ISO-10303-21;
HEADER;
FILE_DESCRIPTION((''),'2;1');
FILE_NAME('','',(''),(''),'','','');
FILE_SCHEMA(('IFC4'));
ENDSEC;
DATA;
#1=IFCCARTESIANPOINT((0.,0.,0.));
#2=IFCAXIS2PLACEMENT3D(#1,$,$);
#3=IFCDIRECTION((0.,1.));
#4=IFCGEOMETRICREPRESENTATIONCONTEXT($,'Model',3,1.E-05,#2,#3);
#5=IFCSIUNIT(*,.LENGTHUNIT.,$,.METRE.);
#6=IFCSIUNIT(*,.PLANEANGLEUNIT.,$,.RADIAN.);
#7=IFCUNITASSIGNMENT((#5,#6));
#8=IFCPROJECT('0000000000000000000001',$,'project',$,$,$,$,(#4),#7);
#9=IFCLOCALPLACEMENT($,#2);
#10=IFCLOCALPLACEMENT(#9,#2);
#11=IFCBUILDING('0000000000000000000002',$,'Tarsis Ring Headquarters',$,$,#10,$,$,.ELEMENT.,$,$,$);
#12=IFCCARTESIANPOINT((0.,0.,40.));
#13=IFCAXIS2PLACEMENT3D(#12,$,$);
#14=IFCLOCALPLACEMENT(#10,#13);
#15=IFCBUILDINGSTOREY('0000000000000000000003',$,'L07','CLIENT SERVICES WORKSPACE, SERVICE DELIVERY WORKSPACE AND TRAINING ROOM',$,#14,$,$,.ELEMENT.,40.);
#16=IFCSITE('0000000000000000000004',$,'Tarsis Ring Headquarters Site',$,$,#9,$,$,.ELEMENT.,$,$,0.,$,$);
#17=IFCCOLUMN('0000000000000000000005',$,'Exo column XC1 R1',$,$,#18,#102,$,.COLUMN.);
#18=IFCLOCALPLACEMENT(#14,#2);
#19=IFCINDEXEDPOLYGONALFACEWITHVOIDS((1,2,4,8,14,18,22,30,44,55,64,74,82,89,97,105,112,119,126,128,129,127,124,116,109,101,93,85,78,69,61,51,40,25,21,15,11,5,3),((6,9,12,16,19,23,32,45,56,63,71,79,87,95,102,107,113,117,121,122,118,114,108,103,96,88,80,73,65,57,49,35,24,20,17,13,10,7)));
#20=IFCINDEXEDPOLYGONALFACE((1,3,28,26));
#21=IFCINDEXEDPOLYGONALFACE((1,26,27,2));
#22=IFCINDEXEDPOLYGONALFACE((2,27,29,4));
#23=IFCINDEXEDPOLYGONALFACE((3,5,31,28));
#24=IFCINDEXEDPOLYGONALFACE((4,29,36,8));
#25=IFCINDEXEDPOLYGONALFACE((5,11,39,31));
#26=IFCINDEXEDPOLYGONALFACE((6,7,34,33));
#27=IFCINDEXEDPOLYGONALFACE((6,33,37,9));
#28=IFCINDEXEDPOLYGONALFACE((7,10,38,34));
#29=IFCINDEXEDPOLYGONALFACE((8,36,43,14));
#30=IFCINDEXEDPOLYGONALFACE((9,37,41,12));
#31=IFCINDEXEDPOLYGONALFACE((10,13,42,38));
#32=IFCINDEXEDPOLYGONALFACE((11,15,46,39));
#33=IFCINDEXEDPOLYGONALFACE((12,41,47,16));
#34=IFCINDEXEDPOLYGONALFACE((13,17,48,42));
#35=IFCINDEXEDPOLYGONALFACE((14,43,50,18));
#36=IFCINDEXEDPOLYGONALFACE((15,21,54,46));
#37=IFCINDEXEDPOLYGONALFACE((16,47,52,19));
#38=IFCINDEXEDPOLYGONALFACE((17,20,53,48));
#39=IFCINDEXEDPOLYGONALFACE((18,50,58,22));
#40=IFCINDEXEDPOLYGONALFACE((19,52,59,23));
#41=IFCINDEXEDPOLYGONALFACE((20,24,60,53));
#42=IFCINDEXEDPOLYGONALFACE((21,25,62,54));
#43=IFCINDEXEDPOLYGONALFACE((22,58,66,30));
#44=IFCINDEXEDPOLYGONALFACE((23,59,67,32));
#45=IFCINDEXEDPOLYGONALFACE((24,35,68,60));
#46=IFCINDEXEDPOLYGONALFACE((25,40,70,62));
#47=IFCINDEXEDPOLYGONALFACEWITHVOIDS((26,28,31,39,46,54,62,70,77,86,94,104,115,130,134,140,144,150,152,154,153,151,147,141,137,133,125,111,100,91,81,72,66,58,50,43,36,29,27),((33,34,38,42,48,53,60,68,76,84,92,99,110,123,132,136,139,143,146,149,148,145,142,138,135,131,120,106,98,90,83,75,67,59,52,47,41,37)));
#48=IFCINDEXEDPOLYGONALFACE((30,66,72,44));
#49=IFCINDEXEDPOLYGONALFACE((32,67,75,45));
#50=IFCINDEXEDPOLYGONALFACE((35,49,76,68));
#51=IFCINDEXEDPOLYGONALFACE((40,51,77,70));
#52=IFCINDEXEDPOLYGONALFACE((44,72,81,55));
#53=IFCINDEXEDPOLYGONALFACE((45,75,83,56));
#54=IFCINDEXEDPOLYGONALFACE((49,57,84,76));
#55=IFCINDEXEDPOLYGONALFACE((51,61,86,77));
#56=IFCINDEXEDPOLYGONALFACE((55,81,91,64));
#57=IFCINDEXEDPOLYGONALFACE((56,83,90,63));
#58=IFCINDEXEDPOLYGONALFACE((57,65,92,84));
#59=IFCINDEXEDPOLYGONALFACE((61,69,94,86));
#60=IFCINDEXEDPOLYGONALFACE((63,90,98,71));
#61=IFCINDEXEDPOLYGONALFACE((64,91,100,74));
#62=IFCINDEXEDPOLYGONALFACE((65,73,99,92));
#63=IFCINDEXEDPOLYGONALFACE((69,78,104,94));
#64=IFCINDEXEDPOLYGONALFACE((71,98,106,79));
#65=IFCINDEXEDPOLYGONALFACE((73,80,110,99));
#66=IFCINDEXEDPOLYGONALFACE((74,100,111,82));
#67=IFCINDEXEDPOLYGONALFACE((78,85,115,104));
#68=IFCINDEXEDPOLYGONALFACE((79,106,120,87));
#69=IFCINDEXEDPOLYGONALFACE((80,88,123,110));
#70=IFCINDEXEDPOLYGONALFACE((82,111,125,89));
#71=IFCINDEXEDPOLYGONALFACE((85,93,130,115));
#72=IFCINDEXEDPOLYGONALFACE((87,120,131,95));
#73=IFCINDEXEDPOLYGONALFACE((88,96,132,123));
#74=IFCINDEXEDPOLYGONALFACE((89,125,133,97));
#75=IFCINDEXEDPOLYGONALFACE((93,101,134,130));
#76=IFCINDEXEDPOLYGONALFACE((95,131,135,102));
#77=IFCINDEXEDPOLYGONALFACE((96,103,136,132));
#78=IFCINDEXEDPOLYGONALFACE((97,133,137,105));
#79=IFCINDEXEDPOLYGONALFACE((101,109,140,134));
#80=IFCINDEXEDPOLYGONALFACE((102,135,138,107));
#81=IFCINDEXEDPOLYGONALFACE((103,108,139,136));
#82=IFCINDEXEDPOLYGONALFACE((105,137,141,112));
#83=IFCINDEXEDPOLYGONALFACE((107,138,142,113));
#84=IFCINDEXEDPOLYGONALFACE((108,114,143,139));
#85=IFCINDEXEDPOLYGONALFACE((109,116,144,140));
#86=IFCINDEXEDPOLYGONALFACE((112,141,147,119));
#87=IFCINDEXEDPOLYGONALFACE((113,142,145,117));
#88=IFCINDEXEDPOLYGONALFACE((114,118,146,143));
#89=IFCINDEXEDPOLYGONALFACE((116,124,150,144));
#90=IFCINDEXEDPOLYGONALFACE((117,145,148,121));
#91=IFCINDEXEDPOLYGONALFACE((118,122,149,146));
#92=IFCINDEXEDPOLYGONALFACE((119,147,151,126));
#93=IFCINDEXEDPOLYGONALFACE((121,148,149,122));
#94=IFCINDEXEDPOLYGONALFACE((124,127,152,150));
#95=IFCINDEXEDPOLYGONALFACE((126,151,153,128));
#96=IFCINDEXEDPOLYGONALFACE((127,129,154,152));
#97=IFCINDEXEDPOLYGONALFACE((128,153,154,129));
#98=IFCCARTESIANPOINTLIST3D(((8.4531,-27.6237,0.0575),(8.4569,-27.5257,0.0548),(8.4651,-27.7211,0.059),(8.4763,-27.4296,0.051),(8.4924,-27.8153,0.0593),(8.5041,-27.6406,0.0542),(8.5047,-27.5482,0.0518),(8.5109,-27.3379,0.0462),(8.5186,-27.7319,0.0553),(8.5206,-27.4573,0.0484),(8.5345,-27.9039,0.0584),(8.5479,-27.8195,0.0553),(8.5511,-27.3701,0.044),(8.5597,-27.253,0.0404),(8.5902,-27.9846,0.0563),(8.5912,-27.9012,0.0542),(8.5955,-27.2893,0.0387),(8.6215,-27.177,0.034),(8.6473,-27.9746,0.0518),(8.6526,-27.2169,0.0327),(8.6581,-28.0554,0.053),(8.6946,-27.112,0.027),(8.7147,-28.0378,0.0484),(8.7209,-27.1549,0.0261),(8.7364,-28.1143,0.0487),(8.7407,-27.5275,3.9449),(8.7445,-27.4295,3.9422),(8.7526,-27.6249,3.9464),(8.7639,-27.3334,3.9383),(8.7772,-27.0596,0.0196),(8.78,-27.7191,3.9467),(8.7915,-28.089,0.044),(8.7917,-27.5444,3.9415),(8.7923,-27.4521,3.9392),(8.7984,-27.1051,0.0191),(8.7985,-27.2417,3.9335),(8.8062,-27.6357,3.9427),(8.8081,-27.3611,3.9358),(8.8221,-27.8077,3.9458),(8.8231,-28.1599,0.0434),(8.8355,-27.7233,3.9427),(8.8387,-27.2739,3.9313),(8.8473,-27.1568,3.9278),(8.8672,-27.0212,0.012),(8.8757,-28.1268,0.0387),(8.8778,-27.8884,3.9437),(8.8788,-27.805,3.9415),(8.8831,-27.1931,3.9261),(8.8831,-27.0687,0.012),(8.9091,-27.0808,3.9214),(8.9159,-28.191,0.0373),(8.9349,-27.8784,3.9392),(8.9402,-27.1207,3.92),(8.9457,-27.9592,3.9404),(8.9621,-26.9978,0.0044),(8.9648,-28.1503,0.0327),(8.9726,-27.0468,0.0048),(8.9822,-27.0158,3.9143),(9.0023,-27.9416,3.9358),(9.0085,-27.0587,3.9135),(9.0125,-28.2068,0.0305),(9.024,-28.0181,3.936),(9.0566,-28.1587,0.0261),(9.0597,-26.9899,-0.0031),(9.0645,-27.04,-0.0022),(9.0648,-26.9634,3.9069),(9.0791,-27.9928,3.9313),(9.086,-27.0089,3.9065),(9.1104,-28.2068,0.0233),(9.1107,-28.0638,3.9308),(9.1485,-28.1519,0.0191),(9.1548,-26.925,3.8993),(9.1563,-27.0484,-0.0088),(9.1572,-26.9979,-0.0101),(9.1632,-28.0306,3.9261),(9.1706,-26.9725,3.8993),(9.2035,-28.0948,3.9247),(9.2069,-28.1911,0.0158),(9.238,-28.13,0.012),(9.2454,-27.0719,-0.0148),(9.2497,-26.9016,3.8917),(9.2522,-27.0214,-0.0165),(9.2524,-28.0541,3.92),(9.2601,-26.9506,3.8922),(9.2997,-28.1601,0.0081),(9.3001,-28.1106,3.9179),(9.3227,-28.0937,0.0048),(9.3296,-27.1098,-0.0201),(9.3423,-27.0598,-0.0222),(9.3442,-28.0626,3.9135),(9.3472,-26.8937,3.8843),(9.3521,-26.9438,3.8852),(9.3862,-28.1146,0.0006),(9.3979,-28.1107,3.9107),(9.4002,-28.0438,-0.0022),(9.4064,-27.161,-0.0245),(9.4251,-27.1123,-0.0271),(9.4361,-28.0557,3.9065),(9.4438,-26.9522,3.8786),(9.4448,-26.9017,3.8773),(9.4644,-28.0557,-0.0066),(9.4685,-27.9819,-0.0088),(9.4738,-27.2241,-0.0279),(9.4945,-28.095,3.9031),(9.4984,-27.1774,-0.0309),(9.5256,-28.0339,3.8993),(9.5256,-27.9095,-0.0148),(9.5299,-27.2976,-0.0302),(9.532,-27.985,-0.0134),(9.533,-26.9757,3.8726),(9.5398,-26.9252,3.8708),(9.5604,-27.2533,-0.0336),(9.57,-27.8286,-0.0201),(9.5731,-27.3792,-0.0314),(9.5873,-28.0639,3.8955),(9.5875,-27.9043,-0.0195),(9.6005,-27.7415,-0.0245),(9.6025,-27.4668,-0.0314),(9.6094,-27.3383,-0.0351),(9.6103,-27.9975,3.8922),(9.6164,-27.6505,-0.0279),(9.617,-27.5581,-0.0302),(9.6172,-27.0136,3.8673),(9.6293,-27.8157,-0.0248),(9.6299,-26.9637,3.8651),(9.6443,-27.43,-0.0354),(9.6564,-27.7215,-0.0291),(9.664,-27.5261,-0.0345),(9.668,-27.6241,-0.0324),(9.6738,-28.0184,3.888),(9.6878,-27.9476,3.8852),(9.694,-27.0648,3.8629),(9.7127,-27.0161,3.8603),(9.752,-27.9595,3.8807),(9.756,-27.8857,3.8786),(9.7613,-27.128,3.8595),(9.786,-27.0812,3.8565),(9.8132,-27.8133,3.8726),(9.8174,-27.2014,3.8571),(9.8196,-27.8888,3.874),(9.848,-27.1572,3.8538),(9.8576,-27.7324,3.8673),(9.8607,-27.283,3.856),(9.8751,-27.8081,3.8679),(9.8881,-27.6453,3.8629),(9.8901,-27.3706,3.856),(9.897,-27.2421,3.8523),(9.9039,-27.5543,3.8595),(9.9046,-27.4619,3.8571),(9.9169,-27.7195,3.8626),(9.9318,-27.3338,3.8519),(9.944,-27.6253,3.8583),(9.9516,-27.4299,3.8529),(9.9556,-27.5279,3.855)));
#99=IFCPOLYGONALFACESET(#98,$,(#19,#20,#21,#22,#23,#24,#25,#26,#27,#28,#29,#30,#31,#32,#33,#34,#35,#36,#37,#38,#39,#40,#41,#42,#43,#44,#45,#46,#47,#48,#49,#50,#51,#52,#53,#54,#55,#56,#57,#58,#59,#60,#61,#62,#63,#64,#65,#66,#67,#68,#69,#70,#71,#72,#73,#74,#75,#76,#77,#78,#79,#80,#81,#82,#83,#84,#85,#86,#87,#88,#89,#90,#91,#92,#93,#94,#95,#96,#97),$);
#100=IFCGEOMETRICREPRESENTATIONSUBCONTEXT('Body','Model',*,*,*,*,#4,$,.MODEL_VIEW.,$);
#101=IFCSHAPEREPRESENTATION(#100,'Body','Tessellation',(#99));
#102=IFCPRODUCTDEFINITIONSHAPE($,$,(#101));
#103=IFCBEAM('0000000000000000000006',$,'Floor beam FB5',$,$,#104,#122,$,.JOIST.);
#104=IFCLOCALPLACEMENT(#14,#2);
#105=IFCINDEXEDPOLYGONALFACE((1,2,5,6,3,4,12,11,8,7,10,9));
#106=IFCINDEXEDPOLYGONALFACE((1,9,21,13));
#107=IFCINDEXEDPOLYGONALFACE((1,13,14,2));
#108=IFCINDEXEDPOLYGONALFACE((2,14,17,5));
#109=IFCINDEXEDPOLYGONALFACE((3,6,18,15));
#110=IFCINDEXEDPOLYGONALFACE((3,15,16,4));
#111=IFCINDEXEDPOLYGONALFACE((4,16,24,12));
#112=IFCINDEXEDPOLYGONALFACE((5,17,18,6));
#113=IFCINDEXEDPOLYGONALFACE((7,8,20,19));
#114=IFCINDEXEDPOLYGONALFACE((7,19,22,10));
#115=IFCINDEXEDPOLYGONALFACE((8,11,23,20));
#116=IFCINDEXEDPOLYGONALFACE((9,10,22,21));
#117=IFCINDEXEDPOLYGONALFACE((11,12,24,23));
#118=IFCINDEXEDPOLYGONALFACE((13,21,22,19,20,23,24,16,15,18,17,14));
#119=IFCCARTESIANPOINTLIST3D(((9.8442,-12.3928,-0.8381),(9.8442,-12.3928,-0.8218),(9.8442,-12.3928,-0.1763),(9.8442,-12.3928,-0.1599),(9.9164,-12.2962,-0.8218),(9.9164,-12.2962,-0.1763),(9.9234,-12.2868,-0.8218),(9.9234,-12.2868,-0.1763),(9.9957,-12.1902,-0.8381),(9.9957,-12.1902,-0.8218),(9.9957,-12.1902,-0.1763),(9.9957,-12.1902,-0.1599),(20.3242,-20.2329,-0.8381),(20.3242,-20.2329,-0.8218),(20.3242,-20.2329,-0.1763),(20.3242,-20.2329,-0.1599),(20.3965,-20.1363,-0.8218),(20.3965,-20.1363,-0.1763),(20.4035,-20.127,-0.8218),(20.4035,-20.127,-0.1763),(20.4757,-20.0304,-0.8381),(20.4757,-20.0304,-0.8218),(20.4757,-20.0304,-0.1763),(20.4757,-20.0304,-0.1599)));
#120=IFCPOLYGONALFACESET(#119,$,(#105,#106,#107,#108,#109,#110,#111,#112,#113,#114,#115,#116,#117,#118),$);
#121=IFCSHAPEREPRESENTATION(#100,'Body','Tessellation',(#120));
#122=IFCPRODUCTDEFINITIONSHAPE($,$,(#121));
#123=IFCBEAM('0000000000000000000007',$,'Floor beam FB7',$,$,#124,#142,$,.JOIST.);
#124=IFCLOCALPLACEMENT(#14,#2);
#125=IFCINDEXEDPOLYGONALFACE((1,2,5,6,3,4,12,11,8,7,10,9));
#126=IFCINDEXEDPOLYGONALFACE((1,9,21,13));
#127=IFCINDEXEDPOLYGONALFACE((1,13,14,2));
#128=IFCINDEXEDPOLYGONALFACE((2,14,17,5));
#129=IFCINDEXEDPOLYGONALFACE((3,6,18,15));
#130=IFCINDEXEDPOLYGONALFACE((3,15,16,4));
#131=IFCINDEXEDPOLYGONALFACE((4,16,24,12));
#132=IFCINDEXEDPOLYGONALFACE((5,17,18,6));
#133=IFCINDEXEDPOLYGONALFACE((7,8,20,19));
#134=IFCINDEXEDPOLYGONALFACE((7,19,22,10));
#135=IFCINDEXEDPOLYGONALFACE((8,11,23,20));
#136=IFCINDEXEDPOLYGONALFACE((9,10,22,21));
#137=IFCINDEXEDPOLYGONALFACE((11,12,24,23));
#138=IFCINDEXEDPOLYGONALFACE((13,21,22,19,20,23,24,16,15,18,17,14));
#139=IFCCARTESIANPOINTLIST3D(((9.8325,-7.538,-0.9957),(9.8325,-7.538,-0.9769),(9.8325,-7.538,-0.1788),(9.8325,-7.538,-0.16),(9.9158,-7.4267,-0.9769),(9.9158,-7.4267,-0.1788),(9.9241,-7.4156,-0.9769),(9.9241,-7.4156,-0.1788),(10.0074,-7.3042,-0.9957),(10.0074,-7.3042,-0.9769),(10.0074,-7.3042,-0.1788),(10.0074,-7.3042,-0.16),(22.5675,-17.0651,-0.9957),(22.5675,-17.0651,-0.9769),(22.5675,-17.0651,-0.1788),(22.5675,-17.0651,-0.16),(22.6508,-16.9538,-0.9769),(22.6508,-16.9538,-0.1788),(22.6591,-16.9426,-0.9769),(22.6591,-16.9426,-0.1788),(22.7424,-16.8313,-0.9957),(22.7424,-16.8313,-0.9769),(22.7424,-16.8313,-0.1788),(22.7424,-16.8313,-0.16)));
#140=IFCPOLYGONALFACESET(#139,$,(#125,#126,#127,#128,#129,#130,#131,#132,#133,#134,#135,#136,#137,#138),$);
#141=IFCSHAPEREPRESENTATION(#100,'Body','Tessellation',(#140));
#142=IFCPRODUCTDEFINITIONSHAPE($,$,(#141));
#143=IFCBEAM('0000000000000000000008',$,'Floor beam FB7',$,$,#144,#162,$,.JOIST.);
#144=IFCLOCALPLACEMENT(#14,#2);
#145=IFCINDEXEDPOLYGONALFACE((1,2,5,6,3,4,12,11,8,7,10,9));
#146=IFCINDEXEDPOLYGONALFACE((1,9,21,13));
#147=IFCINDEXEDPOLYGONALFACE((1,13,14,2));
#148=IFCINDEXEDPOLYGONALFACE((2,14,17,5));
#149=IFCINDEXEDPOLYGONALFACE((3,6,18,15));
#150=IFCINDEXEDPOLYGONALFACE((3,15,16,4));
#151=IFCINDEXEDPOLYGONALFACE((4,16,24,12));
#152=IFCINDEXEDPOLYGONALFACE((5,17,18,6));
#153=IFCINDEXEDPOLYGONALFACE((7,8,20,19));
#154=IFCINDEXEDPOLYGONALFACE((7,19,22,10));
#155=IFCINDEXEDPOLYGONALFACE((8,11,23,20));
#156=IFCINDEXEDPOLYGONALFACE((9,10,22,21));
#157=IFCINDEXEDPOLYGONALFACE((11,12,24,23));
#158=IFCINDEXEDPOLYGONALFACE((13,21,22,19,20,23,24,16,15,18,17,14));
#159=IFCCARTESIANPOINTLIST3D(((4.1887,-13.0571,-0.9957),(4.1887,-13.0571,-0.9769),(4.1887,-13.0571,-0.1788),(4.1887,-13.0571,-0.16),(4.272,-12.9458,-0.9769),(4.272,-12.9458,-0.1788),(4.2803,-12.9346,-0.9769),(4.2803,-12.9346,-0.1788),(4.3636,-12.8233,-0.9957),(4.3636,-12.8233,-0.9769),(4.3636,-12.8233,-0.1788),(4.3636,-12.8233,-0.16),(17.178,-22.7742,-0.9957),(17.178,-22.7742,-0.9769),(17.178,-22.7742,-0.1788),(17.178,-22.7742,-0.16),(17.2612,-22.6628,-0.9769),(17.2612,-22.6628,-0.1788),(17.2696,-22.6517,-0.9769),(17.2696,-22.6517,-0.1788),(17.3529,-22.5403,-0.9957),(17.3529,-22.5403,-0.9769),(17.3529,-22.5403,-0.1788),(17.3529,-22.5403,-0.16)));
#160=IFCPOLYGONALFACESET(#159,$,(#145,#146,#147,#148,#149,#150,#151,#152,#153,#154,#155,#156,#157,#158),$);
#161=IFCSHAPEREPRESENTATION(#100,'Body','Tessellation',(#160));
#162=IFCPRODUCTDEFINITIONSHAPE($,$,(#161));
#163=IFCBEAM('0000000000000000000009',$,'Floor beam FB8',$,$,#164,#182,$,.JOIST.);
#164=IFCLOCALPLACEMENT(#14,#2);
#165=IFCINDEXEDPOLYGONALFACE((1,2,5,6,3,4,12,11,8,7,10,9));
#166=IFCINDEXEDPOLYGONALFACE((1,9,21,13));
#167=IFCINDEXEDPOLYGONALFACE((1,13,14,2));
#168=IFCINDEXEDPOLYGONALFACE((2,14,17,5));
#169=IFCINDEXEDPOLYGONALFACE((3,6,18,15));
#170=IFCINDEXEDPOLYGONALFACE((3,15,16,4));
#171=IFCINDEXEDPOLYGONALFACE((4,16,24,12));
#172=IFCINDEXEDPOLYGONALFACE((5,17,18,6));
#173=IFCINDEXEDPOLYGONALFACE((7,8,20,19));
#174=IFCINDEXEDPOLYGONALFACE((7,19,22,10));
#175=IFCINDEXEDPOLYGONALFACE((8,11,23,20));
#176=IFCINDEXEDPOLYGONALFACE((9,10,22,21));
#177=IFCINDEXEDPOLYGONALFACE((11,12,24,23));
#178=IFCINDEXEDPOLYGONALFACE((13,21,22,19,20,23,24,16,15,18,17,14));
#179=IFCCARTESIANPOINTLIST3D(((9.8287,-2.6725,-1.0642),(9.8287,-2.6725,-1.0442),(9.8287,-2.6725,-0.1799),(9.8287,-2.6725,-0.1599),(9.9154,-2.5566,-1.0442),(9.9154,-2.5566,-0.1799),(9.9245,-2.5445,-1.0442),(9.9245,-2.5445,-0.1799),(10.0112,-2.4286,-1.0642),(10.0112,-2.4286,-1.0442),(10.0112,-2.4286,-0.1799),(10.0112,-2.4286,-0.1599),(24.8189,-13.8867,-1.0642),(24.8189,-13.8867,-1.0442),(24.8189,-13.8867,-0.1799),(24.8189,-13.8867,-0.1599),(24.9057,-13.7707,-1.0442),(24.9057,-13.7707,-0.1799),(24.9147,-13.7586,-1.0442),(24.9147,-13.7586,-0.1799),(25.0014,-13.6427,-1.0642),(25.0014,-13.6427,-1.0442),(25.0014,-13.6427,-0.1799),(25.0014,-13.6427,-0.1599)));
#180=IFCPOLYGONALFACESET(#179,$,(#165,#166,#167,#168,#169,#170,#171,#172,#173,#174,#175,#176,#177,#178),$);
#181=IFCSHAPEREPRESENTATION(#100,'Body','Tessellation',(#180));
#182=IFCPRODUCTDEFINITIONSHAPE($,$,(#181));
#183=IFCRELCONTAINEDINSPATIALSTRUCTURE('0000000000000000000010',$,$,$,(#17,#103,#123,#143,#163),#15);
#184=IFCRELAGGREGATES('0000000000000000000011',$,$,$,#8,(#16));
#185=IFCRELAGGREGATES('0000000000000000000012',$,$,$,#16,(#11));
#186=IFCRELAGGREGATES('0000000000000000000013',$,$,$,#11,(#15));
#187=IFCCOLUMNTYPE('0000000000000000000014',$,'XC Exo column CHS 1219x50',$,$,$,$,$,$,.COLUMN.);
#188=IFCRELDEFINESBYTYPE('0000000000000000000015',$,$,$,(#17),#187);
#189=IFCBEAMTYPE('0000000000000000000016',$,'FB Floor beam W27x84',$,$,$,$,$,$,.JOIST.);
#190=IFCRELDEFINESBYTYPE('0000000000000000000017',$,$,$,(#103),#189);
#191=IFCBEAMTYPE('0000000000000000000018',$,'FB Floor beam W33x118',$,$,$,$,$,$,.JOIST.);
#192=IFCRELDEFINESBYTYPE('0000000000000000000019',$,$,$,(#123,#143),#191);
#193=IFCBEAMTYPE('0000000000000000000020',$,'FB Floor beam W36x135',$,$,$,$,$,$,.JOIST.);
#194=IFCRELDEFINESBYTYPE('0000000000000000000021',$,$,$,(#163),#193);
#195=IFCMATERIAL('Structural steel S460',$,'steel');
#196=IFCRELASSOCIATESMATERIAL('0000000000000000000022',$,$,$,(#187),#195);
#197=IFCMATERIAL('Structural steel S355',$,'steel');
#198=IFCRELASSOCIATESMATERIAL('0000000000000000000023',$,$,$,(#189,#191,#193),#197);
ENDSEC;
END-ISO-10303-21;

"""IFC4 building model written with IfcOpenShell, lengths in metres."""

from ifc_helpers import new_model, si_unit, direction, frame, origin, origin_2d, place, context, subcontext, project, spatial, hollow_circle, i_section, extrude, material, material_profile, profile_set, type_object, element, save


model = new_model("IFC4")

# Units and contexts
model_context = context("Model", 3, precision=1e-05, world=origin(), true_north=direction((0.0, 1.0)))
body_context = subcontext(model_context, "Body", "Model", "MODEL_VIEW")
ifc_project = project(units=[si_unit("LENGTHUNIT", "METRE"), si_unit("PLANEANGLEUNIT", "RADIAN")], contexts=[model_context])

# Site, building, storey
site_placement = place(None, origin())
site = spatial("IfcSite", under=ifc_project, at=site_placement, Name="Tarsis Ring Headquarters Site", CompositionType="ELEMENT", RefElevation=0.0)
building_placement = place(site_placement, origin())
building = spatial("IfcBuilding", under=site, at=building_placement, Name="Tarsis Ring Headquarters", CompositionType="ELEMENT")
storey_placement = place(building_placement, frame((0.0, 0.0, 40.0)))
storey = spatial("IfcBuildingStorey", under=building, at=storey_placement, Name="L07", Description="CLIENT SERVICES WORKSPACE, SERVICE DELIVERY WORKSPACE AND TRAINING ROOM", CompositionType="ELEMENT", Elevation=40.0)

# Column
ifc_material_1 = material(Name="Structural steel S460", Category="steel")
ifc_material_profile_1 = material_profile(ifc_material_1, hollow_circle(Radius=0.6096, WallThickness=0.05, at=origin_2d()), Name="CHS 1219x50")
ifc_profile_set_1 = profile_set([ifc_material_profile_1], Name="Structural steel S460")
column_type = type_object("IfcColumnType", Name="XC Exo column CHS 1219x50", PredefinedType="COLUMN", material=ifc_profile_set_1)
column_placement = place(storey_placement, frame((9.0605, -27.5994, 0.012), z_axis=(0.073757, 0.024669, 0.996971), x_axis=(-0.317194, 0.948361, 0.0)))
element("IfcColumn", 1, at=column_placement, inside=storey, type_object=column_type, Name="Exo column XC1 R1", PredefinedType="COLUMN", context=body_context, shape_type="SweptSolid", body=[
    extrude(hollow_circle(Radius=0.6096, WallThickness=0.05, at=origin_2d()), origin(), (0.0, 0.0, 1.0), 3.8992),
])

# Beams
ifc_material_2 = material(Name="Structural steel S355", Category="steel")
ifc_material_profile_2 = material_profile(ifc_material_2, i_section(OverallWidth=0.2529, OverallDepth=0.6782, WebThickness=0.0117, FlangeThickness=0.0164, at=origin_2d()), Name="W27x84")
ifc_profile_set_2 = profile_set([ifc_material_profile_2], Name="Structural steel S355")
beam_type_1 = type_object("IfcBeamType", Name="FB Floor beam W27x84", PredefinedType="JOIST", material=ifc_profile_set_2)
beam_1_placement = place(storey_placement, frame((9.9199, -12.2915, -0.499), z_axis=(0.800729, -0.599027, 0.0), x_axis=(0.599027, 0.800729, 0.0)))
element("IfcBeam", 2, at=beam_1_placement, inside=storey, type_object=beam_type_1, Name="Floor beam FB5", PredefinedType="JOIST", context=body_context, shape_type="SweptSolid", body=[
    extrude(i_section(OverallWidth=0.2529, OverallDepth=0.6782, WebThickness=0.0117, FlangeThickness=0.0164, at=origin_2d()), origin(), (0.0, 0.0, 1.0), 13.0881),
])
ifc_material_profile_3 = material_profile(ifc_material_2, i_section(OverallWidth=0.292, OverallDepth=0.8357, WebThickness=0.0139, FlangeThickness=0.0188, at=origin_2d()), Name="W33x118")
ifc_profile_set_3 = profile_set([ifc_material_profile_3], Name="Structural steel S355")
beam_type_2 = type_object("IfcBeamType", Name="FB Floor beam W33x118", PredefinedType="JOIST", material=ifc_profile_set_3)
beam_2_placement = place(storey_placement, frame((9.9199, -7.4211, -0.5779), z_axis=(0.800731, -0.599024, 0.0), x_axis=(0.599024, 0.800731, 0.0)))
element("IfcBeam", 3, at=beam_2_placement, inside=storey, type_object=beam_type_2, Name="Floor beam FB7", PredefinedType="JOIST", context=body_context, shape_type="SweptSolid", body=[
    extrude(i_section(OverallWidth=0.292, OverallDepth=0.8357, WebThickness=0.0139, FlangeThickness=0.0188, at=origin_2d()), origin(), (0.0, 0.0, 1.0), 15.9043),
])
beam_3_placement = place(storey_placement, frame((4.2761, -12.9402, -0.5779), z_axis=(0.800736, -0.599017, 0.0), x_axis=(0.599017, 0.800736, 0.0)))
element("IfcBeam", 4, at=beam_3_placement, inside=storey, type_object=beam_type_2, Name="Floor beam FB7", PredefinedType="JOIST", context=body_context, shape_type="SweptSolid", body=[
    extrude(i_section(OverallWidth=0.292, OverallDepth=0.8357, WebThickness=0.0139, FlangeThickness=0.0188, at=origin_2d()), origin(), (0.0, 0.0, 1.0), 16.2217),
])
ifc_material_profile_4 = material_profile(ifc_material_2, i_section(OverallWidth=0.3047, OverallDepth=0.9043, WebThickness=0.0151, FlangeThickness=0.02, at=origin_2d()), Name="W36x135")
ifc_profile_set_4 = profile_set([ifc_material_profile_4], Name="Structural steel S355")
beam_type_3 = type_object("IfcBeamType", Name="FB Floor beam W36x135", PredefinedType="JOIST", material=ifc_profile_set_4)
beam_4_placement = place(storey_placement, frame((9.9199, -2.5505, -0.6121), z_axis=(0.800732, -0.599023, 0.0), x_axis=(0.599023, 0.800732, 0.0)))
element("IfcBeam", 5, at=beam_4_placement, inside=storey, type_object=beam_type_3, Name="Floor beam FB8", PredefinedType="JOIST", context=body_context, shape_type="SweptSolid", body=[
    extrude(i_section(OverallWidth=0.3047, OverallDepth=0.9043, WebThickness=0.0151, FlangeThickness=0.02, at=origin_2d()), origin(), (0.0, 0.0, 1.0), 18.7207),
])

save(model, "model.ifc")
